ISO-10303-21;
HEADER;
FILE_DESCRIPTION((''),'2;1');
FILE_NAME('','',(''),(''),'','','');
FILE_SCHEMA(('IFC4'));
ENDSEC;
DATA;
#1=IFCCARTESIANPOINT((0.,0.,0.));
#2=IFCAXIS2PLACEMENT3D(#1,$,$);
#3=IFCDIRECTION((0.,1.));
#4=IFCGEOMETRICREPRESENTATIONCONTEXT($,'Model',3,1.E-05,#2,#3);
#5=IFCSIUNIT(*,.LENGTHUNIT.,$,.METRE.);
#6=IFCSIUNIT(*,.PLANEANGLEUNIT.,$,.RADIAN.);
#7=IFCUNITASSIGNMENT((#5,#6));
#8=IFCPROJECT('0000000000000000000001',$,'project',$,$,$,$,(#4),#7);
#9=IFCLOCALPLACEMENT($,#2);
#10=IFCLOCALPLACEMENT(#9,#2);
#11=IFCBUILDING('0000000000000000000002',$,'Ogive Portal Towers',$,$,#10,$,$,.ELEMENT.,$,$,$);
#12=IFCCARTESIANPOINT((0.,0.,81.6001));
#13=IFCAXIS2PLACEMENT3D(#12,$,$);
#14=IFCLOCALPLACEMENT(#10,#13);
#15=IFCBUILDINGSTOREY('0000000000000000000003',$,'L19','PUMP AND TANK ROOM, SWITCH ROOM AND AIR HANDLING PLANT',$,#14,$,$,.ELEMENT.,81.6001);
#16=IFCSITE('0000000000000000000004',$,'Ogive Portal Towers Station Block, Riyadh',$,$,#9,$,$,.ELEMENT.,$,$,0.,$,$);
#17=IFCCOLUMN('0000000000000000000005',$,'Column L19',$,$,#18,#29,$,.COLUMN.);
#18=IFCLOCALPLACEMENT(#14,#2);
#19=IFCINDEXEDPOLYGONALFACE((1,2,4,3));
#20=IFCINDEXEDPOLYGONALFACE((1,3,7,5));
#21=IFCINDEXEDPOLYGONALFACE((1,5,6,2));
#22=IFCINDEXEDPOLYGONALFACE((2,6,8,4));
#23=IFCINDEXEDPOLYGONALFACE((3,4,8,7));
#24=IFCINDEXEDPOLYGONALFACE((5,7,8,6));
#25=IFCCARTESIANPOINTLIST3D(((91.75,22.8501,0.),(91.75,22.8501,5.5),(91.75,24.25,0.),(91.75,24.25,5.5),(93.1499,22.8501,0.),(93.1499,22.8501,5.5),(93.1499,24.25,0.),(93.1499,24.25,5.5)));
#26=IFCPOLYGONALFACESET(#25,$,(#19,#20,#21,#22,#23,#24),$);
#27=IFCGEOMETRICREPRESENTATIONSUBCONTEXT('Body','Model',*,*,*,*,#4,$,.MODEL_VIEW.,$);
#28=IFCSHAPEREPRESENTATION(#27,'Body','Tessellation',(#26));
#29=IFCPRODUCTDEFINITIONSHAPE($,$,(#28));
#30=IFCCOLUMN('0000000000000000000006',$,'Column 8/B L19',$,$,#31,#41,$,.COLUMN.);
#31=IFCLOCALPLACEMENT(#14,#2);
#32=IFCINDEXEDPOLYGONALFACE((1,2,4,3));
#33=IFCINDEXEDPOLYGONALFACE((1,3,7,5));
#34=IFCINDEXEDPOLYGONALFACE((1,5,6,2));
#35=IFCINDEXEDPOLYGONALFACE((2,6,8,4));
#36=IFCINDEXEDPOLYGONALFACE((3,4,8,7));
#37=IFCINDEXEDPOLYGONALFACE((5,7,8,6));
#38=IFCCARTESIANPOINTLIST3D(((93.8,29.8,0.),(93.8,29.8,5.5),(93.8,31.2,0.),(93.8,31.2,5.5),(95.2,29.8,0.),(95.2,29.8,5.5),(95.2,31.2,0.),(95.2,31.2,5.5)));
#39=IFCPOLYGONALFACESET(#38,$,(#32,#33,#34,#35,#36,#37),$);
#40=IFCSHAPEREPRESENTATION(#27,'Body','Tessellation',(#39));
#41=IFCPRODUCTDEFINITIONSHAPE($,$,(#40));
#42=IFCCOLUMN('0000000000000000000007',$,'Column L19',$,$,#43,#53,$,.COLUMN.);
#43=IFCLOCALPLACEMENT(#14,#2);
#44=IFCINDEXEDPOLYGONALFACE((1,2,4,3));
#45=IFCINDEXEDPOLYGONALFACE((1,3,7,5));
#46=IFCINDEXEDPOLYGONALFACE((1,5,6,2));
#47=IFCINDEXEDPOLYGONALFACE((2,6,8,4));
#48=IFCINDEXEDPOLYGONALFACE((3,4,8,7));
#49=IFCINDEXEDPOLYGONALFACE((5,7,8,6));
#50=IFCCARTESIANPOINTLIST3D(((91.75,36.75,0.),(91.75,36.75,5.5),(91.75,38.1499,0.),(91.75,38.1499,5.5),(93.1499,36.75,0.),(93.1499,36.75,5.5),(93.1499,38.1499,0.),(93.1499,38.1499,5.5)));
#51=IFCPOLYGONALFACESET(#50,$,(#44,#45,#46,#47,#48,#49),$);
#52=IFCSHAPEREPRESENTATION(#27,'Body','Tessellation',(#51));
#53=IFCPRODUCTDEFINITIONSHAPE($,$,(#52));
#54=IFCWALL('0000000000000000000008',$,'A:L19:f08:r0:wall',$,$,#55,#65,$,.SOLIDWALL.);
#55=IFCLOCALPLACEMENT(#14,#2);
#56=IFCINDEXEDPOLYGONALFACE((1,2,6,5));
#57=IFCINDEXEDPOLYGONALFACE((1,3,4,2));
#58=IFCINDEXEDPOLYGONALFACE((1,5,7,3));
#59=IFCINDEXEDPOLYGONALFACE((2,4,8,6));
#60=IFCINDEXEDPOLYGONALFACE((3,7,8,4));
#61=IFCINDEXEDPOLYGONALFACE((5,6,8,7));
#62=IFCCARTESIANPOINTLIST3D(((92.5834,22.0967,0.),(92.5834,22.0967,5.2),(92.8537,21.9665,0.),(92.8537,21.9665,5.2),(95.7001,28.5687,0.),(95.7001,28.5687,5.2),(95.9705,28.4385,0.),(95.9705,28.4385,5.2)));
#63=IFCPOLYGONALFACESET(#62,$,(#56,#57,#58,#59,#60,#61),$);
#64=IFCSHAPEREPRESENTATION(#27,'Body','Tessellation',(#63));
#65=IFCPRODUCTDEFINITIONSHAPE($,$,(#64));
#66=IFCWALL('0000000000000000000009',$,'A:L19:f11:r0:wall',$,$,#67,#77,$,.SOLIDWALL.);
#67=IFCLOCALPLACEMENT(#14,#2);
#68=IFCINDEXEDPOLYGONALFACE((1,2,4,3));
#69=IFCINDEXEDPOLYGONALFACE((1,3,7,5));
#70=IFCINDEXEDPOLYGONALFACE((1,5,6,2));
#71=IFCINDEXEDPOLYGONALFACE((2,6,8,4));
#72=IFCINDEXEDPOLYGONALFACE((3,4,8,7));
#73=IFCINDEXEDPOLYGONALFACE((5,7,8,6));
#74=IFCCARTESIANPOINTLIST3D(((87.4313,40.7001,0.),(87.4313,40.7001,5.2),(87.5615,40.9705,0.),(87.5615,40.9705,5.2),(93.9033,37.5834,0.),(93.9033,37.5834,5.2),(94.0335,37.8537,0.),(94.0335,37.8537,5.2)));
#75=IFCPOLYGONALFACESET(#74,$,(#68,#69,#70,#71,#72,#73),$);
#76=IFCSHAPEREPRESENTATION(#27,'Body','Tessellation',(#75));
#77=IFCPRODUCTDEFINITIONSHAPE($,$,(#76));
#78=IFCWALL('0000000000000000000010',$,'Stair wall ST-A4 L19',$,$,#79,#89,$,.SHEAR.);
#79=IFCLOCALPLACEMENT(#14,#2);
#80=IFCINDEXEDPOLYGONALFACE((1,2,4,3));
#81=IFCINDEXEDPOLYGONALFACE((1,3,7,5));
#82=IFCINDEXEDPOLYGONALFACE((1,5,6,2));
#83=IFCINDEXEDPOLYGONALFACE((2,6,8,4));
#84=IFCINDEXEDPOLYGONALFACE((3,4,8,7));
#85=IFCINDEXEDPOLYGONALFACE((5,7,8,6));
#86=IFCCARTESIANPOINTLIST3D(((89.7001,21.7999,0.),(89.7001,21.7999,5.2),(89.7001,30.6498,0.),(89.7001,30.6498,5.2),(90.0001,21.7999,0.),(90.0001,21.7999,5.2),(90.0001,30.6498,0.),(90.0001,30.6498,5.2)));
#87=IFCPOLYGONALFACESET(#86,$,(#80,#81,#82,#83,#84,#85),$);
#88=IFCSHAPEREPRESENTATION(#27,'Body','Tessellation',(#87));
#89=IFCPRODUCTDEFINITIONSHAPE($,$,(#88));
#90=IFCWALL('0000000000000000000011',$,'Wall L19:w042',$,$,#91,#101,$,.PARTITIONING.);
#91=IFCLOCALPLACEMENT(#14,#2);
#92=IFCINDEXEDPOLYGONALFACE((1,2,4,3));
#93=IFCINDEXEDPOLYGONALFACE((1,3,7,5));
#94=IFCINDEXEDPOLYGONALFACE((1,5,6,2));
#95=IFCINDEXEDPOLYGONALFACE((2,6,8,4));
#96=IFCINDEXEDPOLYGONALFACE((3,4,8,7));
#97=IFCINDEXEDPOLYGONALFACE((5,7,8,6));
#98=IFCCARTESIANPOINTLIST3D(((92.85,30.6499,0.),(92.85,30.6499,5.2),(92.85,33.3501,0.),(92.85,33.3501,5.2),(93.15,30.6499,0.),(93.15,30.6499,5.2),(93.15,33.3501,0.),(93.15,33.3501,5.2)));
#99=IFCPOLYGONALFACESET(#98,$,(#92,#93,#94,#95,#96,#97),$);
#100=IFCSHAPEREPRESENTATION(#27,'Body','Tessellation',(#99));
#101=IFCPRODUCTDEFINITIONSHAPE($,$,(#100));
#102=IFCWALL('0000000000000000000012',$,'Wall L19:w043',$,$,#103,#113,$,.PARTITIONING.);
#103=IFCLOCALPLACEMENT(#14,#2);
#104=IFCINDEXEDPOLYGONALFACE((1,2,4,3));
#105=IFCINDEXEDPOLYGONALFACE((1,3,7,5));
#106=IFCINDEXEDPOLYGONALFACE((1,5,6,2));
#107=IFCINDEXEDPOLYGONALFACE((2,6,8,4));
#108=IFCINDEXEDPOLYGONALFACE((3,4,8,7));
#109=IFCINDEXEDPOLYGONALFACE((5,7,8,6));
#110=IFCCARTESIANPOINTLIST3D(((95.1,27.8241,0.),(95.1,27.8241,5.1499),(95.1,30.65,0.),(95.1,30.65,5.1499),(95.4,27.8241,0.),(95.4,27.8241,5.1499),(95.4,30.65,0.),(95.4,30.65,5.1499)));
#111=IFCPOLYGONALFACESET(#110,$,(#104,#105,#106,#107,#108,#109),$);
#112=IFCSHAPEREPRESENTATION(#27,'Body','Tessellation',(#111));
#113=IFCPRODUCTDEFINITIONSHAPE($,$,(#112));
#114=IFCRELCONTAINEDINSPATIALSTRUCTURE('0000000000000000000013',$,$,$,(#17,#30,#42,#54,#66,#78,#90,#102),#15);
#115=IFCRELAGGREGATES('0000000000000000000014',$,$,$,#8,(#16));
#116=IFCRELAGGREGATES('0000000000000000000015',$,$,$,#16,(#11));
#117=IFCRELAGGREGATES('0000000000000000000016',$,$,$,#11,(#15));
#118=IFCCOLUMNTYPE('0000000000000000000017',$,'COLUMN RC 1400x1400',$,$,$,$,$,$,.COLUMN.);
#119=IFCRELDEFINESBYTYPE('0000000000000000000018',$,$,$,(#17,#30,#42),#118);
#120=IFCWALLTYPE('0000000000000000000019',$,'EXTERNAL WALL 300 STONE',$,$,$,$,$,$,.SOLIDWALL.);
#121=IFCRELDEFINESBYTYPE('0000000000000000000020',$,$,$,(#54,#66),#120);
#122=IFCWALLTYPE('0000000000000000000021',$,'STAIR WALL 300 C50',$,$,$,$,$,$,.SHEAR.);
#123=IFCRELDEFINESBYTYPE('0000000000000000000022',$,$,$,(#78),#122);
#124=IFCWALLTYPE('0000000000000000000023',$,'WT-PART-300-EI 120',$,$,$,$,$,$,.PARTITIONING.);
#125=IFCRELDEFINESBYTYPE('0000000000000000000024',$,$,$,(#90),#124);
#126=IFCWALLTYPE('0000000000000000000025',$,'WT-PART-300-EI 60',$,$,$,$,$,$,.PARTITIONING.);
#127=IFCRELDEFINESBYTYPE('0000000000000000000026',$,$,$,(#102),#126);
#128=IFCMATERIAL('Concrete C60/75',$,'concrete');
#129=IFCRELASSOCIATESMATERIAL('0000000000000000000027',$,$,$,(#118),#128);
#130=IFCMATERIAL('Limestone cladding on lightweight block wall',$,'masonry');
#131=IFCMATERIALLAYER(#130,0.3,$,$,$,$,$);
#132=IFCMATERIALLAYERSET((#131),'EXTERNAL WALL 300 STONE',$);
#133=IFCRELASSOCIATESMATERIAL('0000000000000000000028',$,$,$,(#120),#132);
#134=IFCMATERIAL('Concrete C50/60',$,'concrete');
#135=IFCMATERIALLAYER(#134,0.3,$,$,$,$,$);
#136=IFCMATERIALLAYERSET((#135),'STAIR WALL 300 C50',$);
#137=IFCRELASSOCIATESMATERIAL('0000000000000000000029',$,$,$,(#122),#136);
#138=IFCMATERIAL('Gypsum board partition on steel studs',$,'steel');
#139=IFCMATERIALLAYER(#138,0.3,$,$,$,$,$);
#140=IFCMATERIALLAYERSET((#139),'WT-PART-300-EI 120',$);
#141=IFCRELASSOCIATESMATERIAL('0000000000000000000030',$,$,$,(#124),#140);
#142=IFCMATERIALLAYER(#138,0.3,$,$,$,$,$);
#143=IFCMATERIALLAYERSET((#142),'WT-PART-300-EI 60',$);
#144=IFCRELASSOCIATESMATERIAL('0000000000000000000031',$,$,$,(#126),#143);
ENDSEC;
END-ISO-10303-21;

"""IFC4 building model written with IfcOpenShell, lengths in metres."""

from ifc_helpers import new_model, si_unit, direction, frame, frame_2d, origin, origin_2d, place, context, subcontext, project, spatial, rectangle, extrude, material, layer, layer_set, material_profile, profile_set, type_object, element, save


model = new_model("IFC4")

# Units and contexts
model_context = context("Model", 3, precision=1e-05, world=origin(), true_north=direction((0.0, 1.0)))
body_context = subcontext(model_context, "Body", "Model", "MODEL_VIEW")
ifc_project = project(units=[si_unit("LENGTHUNIT", "METRE"), si_unit("PLANEANGLEUNIT", "RADIAN")], contexts=[model_context])

# Site, building, storey
site_placement = place(None, origin())
site = spatial("IfcSite", under=ifc_project, at=site_placement, Name="Ogive Portal Towers Station Block, Riyadh", CompositionType="ELEMENT", RefElevation=0.0)
building_placement = place(site_placement, origin())
building = spatial("IfcBuilding", under=site, at=building_placement, Name="Ogive Portal Towers", CompositionType="ELEMENT")
storey_placement = place(building_placement, frame((0.0, 0.0, 81.6001)))
storey = spatial("IfcBuildingStorey", under=building, at=storey_placement, Name="L19", Description="PUMP AND TANK ROOM, SWITCH ROOM AND AIR HANDLING PLANT", CompositionType="ELEMENT", Elevation=81.6001)

# Columns
ifc_material_1 = material(Name="Concrete C60/75", Category="concrete")
ifc_material_profile = material_profile(ifc_material_1, rectangle(XDim=1.3999, YDim=1.3999, at=origin_2d()), Name="RC 1400x1400")
ifc_profile_set = profile_set([ifc_material_profile], Name="Concrete C60/75")
column_type = type_object("IfcColumnType", Name="COLUMN RC 1400x1400", PredefinedType="COLUMN", material=ifc_profile_set)
for number, where, z_axis, x_axis, name in (
    (1, (92.45, 23.55, 0.0), (0.0, 0.0, 1.0), (1.0, 0.0, 0.0), "Column L19"),
    (2, (94.5, 30.5, 0.0), (0.0, 0.0, 1.0), (1.0, 0.0, 0.0), "Column 8/B L19"),
    (3, (92.45, 37.45, 0.0), (0.0, 0.0, 1.0), (1.0, 0.0, 0.0), "Column L19"),
):
    element("IfcColumn", number, at=place(storey_placement, frame(where, z_axis=z_axis, x_axis=x_axis)), inside=storey, type_object=column_type, Name=name, PredefinedType="COLUMN", context=body_context, shape_type="SweptSolid", body=[
        extrude(rectangle(XDim=1.3999, YDim=1.3999, at=origin_2d()), origin(), (0.0, 0.0, 1.0), 5.5),
    ])

# Walls
ifc_material_2 = material(Name="Limestone cladding on lightweight block wall", Category="masonry")
ifc_layer_1 = layer(ifc_material_2, 0.3)
ifc_layer_set_1 = layer_set([ifc_layer_1], Name="EXTERNAL WALL 300 STONE")
wall_type_1 = type_object("IfcWallType", Name="EXTERNAL WALL 300 STONE", PredefinedType="SOLIDWALL", material=ifc_layer_set_1)
for number, where, z_axis, x_axis, name in (
    (4, (92.7185, 22.0315, 0.0), (0.0, 0.0, 1.0), (0.433882, 0.90097, 0.0), "A:L19:f08:r0:wall"),
    (5, (93.9685, 37.7185, 0.0), (0.0, 0.0, 1.0), (-0.90097, 0.433882, 0.0), "A:L19:f11:r0:wall"),
):
    element("IfcWall", number, at=place(storey_placement, frame(where, z_axis=z_axis, x_axis=x_axis)), inside=storey, type_object=wall_type_1, Name=name, PredefinedType="SOLIDWALL", context=body_context, shape_type="SweptSolid", body=[
        extrude(rectangle(XDim=7.1833, YDim=0.3, at=frame_2d((3.5918, 0.0))), origin(), (0.0, 0.0, 1.0), 5.2),
    ])
ifc_material_3 = material(Name="Concrete C50/60", Category="concrete")
ifc_layer_2 = layer(ifc_material_3, 0.3)
ifc_layer_set_2 = layer_set([ifc_layer_2], Name="STAIR WALL 300 C50")
wall_type_2 = type_object("IfcWallType", Name="STAIR WALL 300 C50", PredefinedType="SHEAR", material=ifc_layer_set_2)
wall_1_placement = place(storey_placement, frame((89.8501, 21.8, 0.0), z_axis=(0.0, 0.0, 1.0), x_axis=(0.0, 1.0, 0.0)))
element("IfcWall", 6, at=wall_1_placement, inside=storey, type_object=wall_type_2, Name="Stair wall ST-A4 L19", PredefinedType="SHEAR", context=body_context, shape_type="SweptSolid", body=[
    extrude(rectangle(XDim=8.8499, YDim=0.3, at=frame_2d((4.4248, 0.0))), origin(), (0.0, 0.0, 1.0), 5.2),
])
ifc_material_4 = material(Name="Gypsum board partition on steel studs", Category="steel")
ifc_layer_3 = layer(ifc_material_4, 0.3)
ifc_layer_set_3 = layer_set([ifc_layer_3], Name="WT-PART-300-EI 120")
wall_type_3 = type_object("IfcWallType", Name="WT-PART-300-EI 120", PredefinedType="PARTITIONING", material=ifc_layer_set_3)
wall_2_placement = place(storey_placement, frame((93.0, 30.6499, 0.0), z_axis=(0.0, 0.0, 1.0), x_axis=(0.0, 1.0, 0.0)))
element("IfcWall", 7, at=wall_2_placement, inside=storey, type_object=wall_type_3, Name="Wall L19:w042", PredefinedType="PARTITIONING", context=body_context, shape_type="SweptSolid", body=[
    extrude(rectangle(XDim=2.7002, YDim=0.3, at=frame_2d((1.3501, 0.0))), origin(), (0.0, 0.0, 1.0), 5.2),
])
ifc_layer_4 = layer(ifc_material_4, 0.3)
ifc_layer_set_4 = layer_set([ifc_layer_4], Name="WT-PART-300-EI 60")
wall_type_4 = type_object("IfcWallType", Name="WT-PART-300-EI 60", PredefinedType="PARTITIONING", material=ifc_layer_set_4)
wall_3_placement = place(storey_placement, frame((95.25, 27.824, 0.0), z_axis=(0.0, 0.0, 1.0), x_axis=(0.0, 1.0, 0.0)))
element("IfcWall", 8, at=wall_3_placement, inside=storey, type_object=wall_type_4, Name="Wall L19:w043", PredefinedType="PARTITIONING", context=body_context, shape_type="SweptSolid", body=[
    extrude(rectangle(XDim=2.8259, YDim=0.3, at=frame_2d((1.4131, 0.0))), origin(), (0.0, 0.0, 1.0), 5.1499),
])

save(model, "model.ifc")
